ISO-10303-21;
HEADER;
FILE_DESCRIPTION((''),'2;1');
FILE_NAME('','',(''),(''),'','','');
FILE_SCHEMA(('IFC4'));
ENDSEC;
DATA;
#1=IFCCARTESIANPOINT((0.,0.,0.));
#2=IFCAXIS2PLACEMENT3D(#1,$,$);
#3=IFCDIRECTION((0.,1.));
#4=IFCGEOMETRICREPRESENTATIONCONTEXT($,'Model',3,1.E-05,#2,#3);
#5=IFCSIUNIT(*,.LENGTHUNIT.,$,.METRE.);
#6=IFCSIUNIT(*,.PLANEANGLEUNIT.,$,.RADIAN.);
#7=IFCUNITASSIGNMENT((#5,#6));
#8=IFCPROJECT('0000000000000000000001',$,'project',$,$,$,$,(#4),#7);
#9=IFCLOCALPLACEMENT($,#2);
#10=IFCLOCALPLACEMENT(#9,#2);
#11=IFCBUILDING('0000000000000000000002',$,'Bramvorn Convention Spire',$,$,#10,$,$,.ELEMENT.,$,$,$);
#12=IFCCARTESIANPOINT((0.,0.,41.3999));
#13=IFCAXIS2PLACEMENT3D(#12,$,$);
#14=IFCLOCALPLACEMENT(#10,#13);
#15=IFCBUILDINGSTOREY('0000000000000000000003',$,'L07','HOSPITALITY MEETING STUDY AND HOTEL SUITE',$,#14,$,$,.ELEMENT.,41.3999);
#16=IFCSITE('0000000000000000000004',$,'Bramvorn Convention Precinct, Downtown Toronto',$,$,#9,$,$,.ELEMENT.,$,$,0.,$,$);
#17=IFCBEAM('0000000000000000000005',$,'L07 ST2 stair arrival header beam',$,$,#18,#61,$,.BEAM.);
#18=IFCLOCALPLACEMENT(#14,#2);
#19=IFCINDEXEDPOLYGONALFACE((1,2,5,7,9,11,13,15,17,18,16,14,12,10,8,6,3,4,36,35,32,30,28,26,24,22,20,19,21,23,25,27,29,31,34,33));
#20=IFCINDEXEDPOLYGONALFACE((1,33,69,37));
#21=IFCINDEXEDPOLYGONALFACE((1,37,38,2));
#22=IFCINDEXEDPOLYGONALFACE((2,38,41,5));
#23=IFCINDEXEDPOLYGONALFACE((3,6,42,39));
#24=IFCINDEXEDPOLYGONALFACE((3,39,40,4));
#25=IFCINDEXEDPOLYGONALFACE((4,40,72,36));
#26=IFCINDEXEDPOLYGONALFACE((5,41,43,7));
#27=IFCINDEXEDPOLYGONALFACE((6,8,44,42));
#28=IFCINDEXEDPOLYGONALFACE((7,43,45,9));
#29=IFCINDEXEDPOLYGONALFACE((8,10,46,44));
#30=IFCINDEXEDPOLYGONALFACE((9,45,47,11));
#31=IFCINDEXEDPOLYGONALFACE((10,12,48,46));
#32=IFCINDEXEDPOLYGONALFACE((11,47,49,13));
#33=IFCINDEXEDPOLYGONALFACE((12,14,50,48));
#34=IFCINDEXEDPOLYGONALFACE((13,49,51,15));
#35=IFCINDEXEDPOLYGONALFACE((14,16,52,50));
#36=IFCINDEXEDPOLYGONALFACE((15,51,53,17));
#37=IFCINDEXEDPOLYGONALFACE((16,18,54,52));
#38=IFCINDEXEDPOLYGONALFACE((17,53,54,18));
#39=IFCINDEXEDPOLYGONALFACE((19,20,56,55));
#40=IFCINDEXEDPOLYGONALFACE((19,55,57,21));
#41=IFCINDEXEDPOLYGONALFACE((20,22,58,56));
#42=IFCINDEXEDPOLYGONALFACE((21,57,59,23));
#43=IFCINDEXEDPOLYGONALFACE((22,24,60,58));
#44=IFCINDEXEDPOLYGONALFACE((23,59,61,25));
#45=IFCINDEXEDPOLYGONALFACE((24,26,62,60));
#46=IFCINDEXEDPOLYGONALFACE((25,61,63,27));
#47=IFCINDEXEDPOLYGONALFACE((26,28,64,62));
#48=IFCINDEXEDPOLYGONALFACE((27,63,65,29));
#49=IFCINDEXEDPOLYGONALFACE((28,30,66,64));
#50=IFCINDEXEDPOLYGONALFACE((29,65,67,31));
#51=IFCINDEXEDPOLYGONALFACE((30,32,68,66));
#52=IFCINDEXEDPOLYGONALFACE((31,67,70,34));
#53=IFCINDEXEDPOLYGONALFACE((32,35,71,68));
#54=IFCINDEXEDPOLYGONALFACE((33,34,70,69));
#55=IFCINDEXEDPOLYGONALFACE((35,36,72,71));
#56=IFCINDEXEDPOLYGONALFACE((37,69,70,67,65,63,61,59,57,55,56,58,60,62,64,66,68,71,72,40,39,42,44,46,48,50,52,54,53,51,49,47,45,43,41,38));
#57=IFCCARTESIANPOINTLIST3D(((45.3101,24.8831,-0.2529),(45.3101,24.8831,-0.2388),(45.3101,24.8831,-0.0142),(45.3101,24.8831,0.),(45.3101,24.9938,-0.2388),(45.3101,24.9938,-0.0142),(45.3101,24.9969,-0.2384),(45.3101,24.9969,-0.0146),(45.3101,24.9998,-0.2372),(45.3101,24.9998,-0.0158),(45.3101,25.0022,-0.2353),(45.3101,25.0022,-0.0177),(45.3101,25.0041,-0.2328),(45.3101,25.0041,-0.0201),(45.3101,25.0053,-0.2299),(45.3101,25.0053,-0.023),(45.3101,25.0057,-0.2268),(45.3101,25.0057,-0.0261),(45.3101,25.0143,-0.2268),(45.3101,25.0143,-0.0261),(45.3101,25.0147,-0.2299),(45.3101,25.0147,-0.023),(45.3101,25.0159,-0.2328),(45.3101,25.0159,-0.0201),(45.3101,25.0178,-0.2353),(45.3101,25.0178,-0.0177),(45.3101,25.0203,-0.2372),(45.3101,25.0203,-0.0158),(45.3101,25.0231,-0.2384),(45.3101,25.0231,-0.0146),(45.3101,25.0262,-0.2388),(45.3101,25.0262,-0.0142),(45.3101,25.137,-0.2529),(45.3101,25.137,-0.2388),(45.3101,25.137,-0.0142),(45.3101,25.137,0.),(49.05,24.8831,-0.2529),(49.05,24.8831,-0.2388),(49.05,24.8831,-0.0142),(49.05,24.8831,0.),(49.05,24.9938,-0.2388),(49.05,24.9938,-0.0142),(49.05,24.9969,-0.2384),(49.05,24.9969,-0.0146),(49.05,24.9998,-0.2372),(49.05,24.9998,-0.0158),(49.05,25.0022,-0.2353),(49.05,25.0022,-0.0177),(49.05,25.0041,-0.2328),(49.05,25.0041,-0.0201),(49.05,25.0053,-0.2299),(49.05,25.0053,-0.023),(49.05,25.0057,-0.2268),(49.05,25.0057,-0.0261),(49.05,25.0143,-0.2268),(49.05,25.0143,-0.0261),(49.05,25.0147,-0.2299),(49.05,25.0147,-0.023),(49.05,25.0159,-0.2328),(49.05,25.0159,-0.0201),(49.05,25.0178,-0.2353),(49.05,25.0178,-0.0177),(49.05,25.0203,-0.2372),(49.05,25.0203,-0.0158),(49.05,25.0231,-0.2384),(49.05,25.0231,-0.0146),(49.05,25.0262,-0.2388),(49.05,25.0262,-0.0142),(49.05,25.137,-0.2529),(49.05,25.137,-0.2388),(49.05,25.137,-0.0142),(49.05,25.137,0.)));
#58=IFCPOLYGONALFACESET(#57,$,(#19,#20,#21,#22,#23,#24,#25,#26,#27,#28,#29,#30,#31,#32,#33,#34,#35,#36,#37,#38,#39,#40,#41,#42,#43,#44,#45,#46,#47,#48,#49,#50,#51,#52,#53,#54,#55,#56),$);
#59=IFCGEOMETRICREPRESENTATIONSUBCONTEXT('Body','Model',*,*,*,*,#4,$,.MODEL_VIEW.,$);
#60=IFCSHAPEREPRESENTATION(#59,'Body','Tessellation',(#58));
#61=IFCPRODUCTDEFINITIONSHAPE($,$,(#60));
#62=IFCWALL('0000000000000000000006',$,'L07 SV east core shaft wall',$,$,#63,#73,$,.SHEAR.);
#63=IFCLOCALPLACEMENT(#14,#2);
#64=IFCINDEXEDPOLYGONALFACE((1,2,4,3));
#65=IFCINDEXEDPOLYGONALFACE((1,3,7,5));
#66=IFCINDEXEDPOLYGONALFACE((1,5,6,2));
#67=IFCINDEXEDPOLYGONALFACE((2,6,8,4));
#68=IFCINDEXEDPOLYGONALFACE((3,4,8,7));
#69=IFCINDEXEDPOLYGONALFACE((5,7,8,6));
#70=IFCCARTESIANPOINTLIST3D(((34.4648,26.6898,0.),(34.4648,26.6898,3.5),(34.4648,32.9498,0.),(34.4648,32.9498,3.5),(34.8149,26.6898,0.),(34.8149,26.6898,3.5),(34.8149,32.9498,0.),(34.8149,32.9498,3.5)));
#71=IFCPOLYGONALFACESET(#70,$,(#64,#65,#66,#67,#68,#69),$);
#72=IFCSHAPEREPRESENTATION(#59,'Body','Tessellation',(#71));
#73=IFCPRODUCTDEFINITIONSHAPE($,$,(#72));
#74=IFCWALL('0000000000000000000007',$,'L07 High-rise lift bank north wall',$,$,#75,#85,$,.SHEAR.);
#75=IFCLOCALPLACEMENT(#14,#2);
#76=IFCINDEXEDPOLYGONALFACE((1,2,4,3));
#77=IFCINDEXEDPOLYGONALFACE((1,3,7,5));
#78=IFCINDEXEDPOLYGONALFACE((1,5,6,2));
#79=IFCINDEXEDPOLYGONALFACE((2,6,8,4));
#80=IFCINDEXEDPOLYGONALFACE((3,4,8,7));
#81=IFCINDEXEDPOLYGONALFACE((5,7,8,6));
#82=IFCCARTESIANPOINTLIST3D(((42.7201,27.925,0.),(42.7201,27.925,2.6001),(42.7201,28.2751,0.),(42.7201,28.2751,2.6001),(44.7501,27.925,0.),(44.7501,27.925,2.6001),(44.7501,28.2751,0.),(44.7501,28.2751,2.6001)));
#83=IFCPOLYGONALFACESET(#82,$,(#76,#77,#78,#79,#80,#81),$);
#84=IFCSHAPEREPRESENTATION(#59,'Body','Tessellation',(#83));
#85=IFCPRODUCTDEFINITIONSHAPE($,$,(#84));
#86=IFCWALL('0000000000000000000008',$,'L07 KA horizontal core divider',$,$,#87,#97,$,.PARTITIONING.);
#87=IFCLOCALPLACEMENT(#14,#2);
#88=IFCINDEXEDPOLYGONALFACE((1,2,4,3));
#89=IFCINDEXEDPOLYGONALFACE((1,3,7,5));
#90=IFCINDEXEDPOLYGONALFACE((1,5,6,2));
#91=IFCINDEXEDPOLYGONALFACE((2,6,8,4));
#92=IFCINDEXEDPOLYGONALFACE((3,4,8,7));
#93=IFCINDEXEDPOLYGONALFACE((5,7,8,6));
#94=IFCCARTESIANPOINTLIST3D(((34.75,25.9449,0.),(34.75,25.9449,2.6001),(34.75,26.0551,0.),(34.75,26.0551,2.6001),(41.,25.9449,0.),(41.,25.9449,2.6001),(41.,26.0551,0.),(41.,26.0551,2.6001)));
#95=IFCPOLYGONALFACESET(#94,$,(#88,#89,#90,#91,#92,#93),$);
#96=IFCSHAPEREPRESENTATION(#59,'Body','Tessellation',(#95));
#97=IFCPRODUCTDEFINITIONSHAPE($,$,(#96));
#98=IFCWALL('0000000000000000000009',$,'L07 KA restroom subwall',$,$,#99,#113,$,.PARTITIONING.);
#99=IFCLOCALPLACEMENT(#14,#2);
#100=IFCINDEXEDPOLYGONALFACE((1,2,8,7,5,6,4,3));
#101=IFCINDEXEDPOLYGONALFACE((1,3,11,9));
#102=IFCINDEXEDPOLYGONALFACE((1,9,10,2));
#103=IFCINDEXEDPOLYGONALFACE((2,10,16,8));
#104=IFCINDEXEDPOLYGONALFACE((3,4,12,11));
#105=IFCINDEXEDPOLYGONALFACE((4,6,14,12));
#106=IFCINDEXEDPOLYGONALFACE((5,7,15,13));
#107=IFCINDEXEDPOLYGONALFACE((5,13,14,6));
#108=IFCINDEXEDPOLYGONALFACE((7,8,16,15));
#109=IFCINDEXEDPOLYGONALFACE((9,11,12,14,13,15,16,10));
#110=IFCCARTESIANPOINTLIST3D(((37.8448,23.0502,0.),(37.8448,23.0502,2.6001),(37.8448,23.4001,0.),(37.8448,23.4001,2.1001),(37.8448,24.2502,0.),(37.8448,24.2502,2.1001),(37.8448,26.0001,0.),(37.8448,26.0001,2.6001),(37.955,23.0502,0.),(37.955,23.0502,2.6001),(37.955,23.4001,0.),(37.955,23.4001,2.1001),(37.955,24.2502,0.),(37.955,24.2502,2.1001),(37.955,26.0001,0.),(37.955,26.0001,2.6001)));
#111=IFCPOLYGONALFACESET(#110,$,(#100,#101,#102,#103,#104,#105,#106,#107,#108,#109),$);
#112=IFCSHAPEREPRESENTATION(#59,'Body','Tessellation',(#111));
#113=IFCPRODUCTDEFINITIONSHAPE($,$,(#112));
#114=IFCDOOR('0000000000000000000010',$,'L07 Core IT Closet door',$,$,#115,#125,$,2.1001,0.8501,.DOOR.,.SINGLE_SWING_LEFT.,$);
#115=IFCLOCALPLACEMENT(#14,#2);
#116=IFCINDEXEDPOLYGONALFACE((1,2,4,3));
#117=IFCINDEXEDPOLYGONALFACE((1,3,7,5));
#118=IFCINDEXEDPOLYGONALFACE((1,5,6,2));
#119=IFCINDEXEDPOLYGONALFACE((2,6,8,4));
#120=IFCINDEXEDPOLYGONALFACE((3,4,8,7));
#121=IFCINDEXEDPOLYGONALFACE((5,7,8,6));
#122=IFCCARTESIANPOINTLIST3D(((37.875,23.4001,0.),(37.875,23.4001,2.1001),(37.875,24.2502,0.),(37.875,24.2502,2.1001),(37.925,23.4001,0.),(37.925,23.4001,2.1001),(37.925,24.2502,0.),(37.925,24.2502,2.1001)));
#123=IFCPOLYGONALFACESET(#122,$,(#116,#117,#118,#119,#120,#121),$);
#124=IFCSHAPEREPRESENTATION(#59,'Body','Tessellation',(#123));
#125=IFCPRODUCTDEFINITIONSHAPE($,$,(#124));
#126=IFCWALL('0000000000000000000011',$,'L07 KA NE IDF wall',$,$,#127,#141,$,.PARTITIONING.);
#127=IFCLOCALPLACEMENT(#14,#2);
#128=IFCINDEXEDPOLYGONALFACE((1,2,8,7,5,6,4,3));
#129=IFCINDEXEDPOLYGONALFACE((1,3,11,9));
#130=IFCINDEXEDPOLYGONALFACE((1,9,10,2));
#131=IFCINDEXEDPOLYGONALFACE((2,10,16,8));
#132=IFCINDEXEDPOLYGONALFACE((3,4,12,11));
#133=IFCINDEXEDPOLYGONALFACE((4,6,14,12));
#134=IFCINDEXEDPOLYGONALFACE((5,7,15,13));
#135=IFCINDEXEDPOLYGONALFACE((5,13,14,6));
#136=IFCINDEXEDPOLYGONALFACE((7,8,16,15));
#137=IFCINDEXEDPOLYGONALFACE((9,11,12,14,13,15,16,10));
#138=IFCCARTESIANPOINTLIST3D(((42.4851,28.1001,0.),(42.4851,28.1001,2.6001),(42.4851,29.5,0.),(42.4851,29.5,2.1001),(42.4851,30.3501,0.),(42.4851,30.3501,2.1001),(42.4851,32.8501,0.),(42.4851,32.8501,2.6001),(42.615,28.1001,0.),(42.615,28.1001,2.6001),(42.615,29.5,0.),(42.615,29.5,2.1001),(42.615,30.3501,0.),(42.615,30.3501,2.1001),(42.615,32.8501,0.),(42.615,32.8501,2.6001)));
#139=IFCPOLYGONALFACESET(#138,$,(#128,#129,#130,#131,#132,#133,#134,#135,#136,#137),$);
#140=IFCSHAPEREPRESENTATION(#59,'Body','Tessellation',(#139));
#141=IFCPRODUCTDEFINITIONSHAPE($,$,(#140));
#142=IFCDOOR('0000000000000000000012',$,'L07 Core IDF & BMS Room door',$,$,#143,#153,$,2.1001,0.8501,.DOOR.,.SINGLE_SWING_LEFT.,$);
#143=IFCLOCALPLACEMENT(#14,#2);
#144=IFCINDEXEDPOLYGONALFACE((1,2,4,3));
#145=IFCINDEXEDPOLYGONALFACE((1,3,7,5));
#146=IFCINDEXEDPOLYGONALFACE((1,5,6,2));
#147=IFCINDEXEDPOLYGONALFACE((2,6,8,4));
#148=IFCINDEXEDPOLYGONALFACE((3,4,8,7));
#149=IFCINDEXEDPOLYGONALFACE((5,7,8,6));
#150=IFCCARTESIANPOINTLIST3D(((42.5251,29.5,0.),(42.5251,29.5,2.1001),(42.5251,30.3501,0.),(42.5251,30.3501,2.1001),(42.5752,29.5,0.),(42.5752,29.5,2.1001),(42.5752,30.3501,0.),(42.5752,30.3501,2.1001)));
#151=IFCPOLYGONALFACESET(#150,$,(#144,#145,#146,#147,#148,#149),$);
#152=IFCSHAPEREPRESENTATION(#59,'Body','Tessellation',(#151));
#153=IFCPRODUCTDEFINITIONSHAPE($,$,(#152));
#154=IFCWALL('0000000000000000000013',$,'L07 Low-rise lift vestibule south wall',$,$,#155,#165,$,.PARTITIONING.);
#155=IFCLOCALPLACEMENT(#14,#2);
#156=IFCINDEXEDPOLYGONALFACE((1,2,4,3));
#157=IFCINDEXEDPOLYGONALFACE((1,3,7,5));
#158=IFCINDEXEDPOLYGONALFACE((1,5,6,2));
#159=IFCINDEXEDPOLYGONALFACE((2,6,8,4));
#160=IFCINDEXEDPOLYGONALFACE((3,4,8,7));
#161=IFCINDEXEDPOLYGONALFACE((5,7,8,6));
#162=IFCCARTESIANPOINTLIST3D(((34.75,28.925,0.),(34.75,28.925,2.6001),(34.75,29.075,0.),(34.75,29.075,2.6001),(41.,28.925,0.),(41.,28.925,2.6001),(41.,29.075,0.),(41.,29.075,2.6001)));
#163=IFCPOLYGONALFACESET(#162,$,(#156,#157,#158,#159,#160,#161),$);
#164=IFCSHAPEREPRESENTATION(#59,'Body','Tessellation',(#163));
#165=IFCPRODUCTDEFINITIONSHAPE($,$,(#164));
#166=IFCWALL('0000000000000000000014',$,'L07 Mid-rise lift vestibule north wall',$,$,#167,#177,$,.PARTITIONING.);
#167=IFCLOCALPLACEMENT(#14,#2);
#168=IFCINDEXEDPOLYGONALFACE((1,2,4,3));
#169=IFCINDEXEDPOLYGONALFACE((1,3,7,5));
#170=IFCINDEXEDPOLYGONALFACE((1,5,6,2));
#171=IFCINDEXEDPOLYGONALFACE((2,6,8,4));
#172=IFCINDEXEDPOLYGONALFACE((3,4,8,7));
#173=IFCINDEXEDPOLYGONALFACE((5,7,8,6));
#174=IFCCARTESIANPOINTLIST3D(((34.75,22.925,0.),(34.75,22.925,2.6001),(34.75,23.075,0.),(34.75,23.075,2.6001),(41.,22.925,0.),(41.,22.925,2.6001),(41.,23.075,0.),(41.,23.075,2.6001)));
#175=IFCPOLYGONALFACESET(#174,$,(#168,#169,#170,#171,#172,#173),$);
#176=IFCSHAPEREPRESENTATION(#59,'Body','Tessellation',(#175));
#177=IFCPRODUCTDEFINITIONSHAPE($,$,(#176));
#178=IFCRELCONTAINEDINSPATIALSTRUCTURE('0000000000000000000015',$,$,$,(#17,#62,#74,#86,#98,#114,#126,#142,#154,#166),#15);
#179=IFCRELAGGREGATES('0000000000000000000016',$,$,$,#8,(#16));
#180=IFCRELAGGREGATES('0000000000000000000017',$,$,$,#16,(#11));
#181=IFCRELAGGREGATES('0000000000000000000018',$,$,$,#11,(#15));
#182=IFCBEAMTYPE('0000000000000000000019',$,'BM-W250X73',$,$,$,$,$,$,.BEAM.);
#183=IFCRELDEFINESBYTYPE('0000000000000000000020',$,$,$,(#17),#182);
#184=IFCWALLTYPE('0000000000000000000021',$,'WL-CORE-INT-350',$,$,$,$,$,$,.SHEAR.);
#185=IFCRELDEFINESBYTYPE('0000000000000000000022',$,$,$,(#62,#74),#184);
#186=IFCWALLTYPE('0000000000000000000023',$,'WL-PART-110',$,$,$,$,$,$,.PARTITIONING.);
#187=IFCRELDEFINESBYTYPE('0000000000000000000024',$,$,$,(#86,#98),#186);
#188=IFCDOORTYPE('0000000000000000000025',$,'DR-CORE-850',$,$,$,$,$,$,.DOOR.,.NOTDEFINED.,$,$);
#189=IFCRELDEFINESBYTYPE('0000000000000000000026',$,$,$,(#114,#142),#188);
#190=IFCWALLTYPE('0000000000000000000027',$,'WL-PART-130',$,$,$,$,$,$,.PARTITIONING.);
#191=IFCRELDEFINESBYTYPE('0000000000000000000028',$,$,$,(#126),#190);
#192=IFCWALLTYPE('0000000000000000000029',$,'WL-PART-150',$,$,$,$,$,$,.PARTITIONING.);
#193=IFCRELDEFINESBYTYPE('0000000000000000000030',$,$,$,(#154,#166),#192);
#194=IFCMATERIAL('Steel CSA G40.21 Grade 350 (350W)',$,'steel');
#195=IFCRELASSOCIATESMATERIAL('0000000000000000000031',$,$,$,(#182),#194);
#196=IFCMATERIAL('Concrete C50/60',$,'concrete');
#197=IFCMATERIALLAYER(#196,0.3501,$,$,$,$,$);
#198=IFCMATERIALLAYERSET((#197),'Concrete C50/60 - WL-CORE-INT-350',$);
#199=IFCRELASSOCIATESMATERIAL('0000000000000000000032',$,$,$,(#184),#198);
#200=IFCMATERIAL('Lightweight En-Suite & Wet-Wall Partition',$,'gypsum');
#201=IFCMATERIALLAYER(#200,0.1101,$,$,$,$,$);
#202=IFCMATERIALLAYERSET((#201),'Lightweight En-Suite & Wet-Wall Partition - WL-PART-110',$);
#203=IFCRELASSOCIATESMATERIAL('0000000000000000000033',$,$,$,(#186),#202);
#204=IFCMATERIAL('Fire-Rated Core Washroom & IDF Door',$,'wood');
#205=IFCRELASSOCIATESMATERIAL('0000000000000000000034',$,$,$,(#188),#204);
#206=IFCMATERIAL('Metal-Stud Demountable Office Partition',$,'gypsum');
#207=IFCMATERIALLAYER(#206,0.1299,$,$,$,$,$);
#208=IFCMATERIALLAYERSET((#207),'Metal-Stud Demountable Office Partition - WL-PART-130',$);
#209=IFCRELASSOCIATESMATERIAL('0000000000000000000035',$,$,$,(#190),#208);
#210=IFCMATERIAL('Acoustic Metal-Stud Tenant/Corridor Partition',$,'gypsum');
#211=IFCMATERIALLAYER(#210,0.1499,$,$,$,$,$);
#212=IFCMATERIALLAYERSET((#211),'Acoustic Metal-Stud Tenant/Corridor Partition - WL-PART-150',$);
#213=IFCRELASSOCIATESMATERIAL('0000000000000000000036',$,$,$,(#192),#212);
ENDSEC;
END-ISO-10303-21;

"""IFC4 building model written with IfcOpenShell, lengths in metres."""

from ifc_helpers import new_model, si_unit, direction, frame, frame_2d, origin, origin_2d, place, context, subcontext, project, spatial, rectangle, i_section, extrude, material, layer, layer_set, material_profile, profile_set, type_object, element, fill, save


model = new_model("IFC4")

# Units and contexts
model_context = context("Model", 3, precision=1e-05, world=origin(), true_north=direction((0.0, 1.0)))
body_context = subcontext(model_context, "Body", "Model", "MODEL_VIEW")
ifc_project = project(units=[si_unit("LENGTHUNIT", "METRE"), si_unit("PLANEANGLEUNIT", "RADIAN")], contexts=[model_context])

# Site, building, storey
site_placement = place(None, origin())
site = spatial("IfcSite", under=ifc_project, at=site_placement, Name="Bramvorn Convention Precinct, Downtown Toronto", CompositionType="ELEMENT", RefElevation=0.0)
building_placement = place(site_placement, origin())
building = spatial("IfcBuilding", under=site, at=building_placement, Name="Bramvorn Convention Spire", CompositionType="ELEMENT")
storey_placement = place(building_placement, frame((0.0, 0.0, 41.3999)))
storey = spatial("IfcBuildingStorey", under=building, at=storey_placement, Name="L07", Description="HOSPITALITY MEETING STUDY AND HOTEL SUITE", CompositionType="ELEMENT", Elevation=41.3999)

# Beam
ifc_material_1 = material(Name="Steel CSA G40.21 Grade 350 (350W)", Category="steel")
ifc_material_profile = material_profile(ifc_material_1, i_section(OverallWidth=0.2539, OverallDepth=0.2529, WebThickness=0.0085, FlangeThickness=0.0142, FilletRadius=0.012, at=origin_2d()))
ifc_profile_set = profile_set([ifc_material_profile], Name="Steel CSA G40.21 Grade 350 (350W) - W250X73")
beam_type = type_object("IfcBeamType", Name="BM-W250X73", PredefinedType="BEAM", material=ifc_profile_set)
beam_placement = place(storey_placement, frame((45.3101, 25.01, -0.1265), z_axis=(1.0, 0.0, 0.0), x_axis=(0.0, 1.0, 0.0)))
element("IfcBeam", 1, at=beam_placement, inside=storey, type_object=beam_type, Name="L07 ST2 stair arrival header beam", PredefinedType="BEAM", context=body_context, shape_type="SweptSolid", body=[
    extrude(i_section(OverallWidth=0.2539, OverallDepth=0.2529, WebThickness=0.0085, FlangeThickness=0.0142, FilletRadius=0.012, at=origin_2d()), origin(), (0.0, 0.0, 1.0), 3.74),
])

# Walls
ifc_material_2 = material(Name="Concrete C50/60", Category="concrete")
ifc_layer_1 = layer(ifc_material_2, 0.3501)
ifc_layer_set_1 = layer_set([ifc_layer_1], Name="Concrete C50/60 - WL-CORE-INT-350")
wall_type_1 = type_object("IfcWallType", Name="WL-CORE-INT-350", PredefinedType="SHEAR", material=ifc_layer_set_1)
wall_1_placement = place(storey_placement, frame((34.6399, 26.6899, 0.0), z_axis=(0.0, 0.0, 1.0), x_axis=(0.0, 1.0, 0.0)))
element("IfcWall", 2, at=wall_1_placement, inside=storey, type_object=wall_type_1, Name="L07 SV east core shaft wall", PredefinedType="SHEAR", context=body_context, shape_type="SweptSolid", body=[
    extrude(rectangle(XDim=6.26, YDim=0.3501, at=frame_2d((3.1299, 0.0))), origin(), (0.0, 0.0, 1.0), 3.5),
])
wall_2_placement = place(storey_placement, frame((42.72, 28.1001, 0.0), z_axis=(0.0, 0.0, 1.0), x_axis=(1.0, 0.0, 0.0)))
element("IfcWall", 3, at=wall_2_placement, inside=storey, type_object=wall_type_1, Name="L07 High-rise lift bank north wall", PredefinedType="SHEAR", context=body_context, shape_type="SweptSolid", body=[
    extrude(rectangle(XDim=2.03, YDim=0.3501, at=frame_2d((1.0151, 0.0))), origin(), (0.0, 0.0, 1.0), 2.6001),
])

# Wall
ifc_material_3 = material(Name="Lightweight En-Suite & Wet-Wall Partition", Category="gypsum")
ifc_layer_2 = layer(ifc_material_3, 0.1101)
ifc_layer_set_2 = layer_set([ifc_layer_2], Name="Lightweight En-Suite & Wet-Wall Partition - WL-PART-110")
wall_type_2 = type_object("IfcWallType", Name="WL-PART-110", PredefinedType="PARTITIONING", material=ifc_layer_set_2)
wall_3_placement = place(storey_placement, frame((34.75, 26.0, 0.0), z_axis=(0.0, 0.0, 1.0), x_axis=(1.0, 0.0, 0.0)))
element("IfcWall", 4, at=wall_3_placement, inside=storey, type_object=wall_type_2, Name="L07 KA horizontal core divider", PredefinedType="PARTITIONING", context=body_context, shape_type="SweptSolid", body=[
    extrude(rectangle(XDim=6.25, YDim=0.1101, at=frame_2d((3.125, 0.0))), origin(), (0.0, 0.0, 1.0), 2.6001),
])

# Walls, openings, doors
wall_4_placement = place(storey_placement, frame((37.8999, 23.05, 0.0), z_axis=(0.0, 0.0, 1.0), x_axis=(0.0, 1.0, 0.0)))
wall_4 = element("IfcWall", 5, at=wall_4_placement, inside=storey, type_object=wall_type_2, Name="L07 KA restroom subwall", PredefinedType="PARTITIONING", context=body_context, shape_type="SweptSolid", body=[
    extrude(rectangle(XDim=2.95, YDim=0.1101, at=frame_2d((1.4751, 0.0))), origin(), (0.0, 0.0, 1.0), 2.6001),
])
opening_1_placement = place(wall_4_placement, frame((0.3501, 0.0, 0.0)))
opening_1 = element("IfcOpeningElement", 6, at=opening_1_placement, cuts=wall_4, PredefinedType="OPENING", context=body_context, shape_type="SweptSolid", body=[
    extrude(rectangle(XDim=0.8501, YDim=2.1001, at=frame_2d((0.425, 1.05))), frame((0.0, 0.0649, 0.0), z_axis=(0.0, -1.0, 0.0), x_axis=(1.0, 0.0, 0.0)), (0.0, 0.0, 1.0), 0.1301),
])
ifc_material_4 = material(Name="Fire-Rated Core Washroom & IDF Door", Category="wood")
door_type_1 = type_object("IfcDoorType", Name="DR-CORE-850", OperationType="NOTDEFINED", PredefinedType="DOOR", material=ifc_material_4)
door_1_placement = place(opening_1_placement, origin())
door_1 = element("IfcDoor", 7, at=door_1_placement, inside=storey, type_object=door_type_1, Name="L07 Core IT Closet door", OperationType="SINGLE_SWING_LEFT", OverallHeight=2.1001, OverallWidth=0.8501, PredefinedType="DOOR", context=body_context, shape_type="SweptSolid", body=[
    extrude(rectangle(XDim=0.8501, YDim=2.1001, at=frame_2d((0.425, 1.05))), frame((0.0, 0.0249, 0.0), z_axis=(0.0, -1.0, 0.0), x_axis=(1.0, 0.0, 0.0)), (0.0, 0.0, 1.0), 0.05),
])
fill(opening_1, door_1)
ifc_material_5 = material(Name="Metal-Stud Demountable Office Partition", Category="gypsum")
ifc_layer_3 = layer(ifc_material_5, 0.1299)
ifc_layer_set_3 = layer_set([ifc_layer_3], Name="Metal-Stud Demountable Office Partition - WL-PART-130")
wall_type_3 = type_object("IfcWallType", Name="WL-PART-130", PredefinedType="PARTITIONING", material=ifc_layer_set_3)
wall_5_placement = place(storey_placement, frame((42.55, 28.1001, 0.0), z_axis=(0.0, 0.0, 1.0), x_axis=(0.0, 1.0, 0.0)))
wall_5 = element("IfcWall", 8, at=wall_5_placement, inside=storey, type_object=wall_type_3, Name="L07 KA NE IDF wall", PredefinedType="PARTITIONING", context=body_context, shape_type="SweptSolid", body=[
    extrude(rectangle(XDim=4.75, YDim=0.1299, at=frame_2d((2.375, 0.0))), origin(), (0.0, 0.0, 1.0), 2.6001),
])
opening_2_placement = place(wall_5_placement, frame((1.3999, 0.0, 0.0)))
opening_2 = element("IfcOpeningElement", 9, at=opening_2_placement, cuts=wall_5, PredefinedType="OPENING", context=body_context, shape_type="SweptSolid", body=[
    extrude(rectangle(XDim=0.8501, YDim=2.1001, at=frame_2d((0.425, 1.05))), frame((0.0, 0.075, 0.0), z_axis=(0.0, -1.0, 0.0), x_axis=(1.0, 0.0, 0.0)), (0.0, 0.0, 1.0), 0.1499),
])
door_2_placement = place(opening_2_placement, origin())
door_2 = element("IfcDoor", 10, at=door_2_placement, inside=storey, type_object=door_type_1, Name="L07 Core IDF & BMS Room door", OperationType="SINGLE_SWING_LEFT", OverallHeight=2.1001, OverallWidth=0.8501, PredefinedType="DOOR", context=body_context, shape_type="SweptSolid", body=[
    extrude(rectangle(XDim=0.8501, YDim=2.1001, at=frame_2d((0.425, 1.05))), frame((0.0, 0.0249, 0.0), z_axis=(0.0, -1.0, 0.0), x_axis=(1.0, 0.0, 0.0)), (0.0, 0.0, 1.0), 0.05),
])
fill(opening_2, door_2)

# Walls
ifc_material_6 = material(Name="Acoustic Metal-Stud Tenant/Corridor Partition", Category="gypsum")
ifc_layer_4 = layer(ifc_material_6, 0.1499)
ifc_layer_set_4 = layer_set([ifc_layer_4], Name="Acoustic Metal-Stud Tenant/Corridor Partition - WL-PART-150")
wall_type_4 = type_object("IfcWallType", Name="WL-PART-150", PredefinedType="PARTITIONING", material=ifc_layer_set_4)
for number, where, z_axis, x_axis, name in (
    (11, (34.75, 29.0, 0.0), (0.0, 0.0, 1.0), (1.0, 0.0, 0.0), "L07 Low-rise lift vestibule south wall"),
    (12, (34.75, 23.0, 0.0), (0.0, 0.0, 1.0), (1.0, 0.0, 0.0), "L07 Mid-rise lift vestibule north wall"),
):
    element("IfcWall", number, at=place(storey_placement, frame(where, z_axis=z_axis, x_axis=x_axis)), inside=storey, type_object=wall_type_4, Name=name, PredefinedType="PARTITIONING", context=body_context, shape_type="SweptSolid", body=[
        extrude(rectangle(XDim=6.25, YDim=0.1499, at=frame_2d((3.125, 0.0))), origin(), (0.0, 0.0, 1.0), 2.6001),
    ])

save(model, "model.ifc")
